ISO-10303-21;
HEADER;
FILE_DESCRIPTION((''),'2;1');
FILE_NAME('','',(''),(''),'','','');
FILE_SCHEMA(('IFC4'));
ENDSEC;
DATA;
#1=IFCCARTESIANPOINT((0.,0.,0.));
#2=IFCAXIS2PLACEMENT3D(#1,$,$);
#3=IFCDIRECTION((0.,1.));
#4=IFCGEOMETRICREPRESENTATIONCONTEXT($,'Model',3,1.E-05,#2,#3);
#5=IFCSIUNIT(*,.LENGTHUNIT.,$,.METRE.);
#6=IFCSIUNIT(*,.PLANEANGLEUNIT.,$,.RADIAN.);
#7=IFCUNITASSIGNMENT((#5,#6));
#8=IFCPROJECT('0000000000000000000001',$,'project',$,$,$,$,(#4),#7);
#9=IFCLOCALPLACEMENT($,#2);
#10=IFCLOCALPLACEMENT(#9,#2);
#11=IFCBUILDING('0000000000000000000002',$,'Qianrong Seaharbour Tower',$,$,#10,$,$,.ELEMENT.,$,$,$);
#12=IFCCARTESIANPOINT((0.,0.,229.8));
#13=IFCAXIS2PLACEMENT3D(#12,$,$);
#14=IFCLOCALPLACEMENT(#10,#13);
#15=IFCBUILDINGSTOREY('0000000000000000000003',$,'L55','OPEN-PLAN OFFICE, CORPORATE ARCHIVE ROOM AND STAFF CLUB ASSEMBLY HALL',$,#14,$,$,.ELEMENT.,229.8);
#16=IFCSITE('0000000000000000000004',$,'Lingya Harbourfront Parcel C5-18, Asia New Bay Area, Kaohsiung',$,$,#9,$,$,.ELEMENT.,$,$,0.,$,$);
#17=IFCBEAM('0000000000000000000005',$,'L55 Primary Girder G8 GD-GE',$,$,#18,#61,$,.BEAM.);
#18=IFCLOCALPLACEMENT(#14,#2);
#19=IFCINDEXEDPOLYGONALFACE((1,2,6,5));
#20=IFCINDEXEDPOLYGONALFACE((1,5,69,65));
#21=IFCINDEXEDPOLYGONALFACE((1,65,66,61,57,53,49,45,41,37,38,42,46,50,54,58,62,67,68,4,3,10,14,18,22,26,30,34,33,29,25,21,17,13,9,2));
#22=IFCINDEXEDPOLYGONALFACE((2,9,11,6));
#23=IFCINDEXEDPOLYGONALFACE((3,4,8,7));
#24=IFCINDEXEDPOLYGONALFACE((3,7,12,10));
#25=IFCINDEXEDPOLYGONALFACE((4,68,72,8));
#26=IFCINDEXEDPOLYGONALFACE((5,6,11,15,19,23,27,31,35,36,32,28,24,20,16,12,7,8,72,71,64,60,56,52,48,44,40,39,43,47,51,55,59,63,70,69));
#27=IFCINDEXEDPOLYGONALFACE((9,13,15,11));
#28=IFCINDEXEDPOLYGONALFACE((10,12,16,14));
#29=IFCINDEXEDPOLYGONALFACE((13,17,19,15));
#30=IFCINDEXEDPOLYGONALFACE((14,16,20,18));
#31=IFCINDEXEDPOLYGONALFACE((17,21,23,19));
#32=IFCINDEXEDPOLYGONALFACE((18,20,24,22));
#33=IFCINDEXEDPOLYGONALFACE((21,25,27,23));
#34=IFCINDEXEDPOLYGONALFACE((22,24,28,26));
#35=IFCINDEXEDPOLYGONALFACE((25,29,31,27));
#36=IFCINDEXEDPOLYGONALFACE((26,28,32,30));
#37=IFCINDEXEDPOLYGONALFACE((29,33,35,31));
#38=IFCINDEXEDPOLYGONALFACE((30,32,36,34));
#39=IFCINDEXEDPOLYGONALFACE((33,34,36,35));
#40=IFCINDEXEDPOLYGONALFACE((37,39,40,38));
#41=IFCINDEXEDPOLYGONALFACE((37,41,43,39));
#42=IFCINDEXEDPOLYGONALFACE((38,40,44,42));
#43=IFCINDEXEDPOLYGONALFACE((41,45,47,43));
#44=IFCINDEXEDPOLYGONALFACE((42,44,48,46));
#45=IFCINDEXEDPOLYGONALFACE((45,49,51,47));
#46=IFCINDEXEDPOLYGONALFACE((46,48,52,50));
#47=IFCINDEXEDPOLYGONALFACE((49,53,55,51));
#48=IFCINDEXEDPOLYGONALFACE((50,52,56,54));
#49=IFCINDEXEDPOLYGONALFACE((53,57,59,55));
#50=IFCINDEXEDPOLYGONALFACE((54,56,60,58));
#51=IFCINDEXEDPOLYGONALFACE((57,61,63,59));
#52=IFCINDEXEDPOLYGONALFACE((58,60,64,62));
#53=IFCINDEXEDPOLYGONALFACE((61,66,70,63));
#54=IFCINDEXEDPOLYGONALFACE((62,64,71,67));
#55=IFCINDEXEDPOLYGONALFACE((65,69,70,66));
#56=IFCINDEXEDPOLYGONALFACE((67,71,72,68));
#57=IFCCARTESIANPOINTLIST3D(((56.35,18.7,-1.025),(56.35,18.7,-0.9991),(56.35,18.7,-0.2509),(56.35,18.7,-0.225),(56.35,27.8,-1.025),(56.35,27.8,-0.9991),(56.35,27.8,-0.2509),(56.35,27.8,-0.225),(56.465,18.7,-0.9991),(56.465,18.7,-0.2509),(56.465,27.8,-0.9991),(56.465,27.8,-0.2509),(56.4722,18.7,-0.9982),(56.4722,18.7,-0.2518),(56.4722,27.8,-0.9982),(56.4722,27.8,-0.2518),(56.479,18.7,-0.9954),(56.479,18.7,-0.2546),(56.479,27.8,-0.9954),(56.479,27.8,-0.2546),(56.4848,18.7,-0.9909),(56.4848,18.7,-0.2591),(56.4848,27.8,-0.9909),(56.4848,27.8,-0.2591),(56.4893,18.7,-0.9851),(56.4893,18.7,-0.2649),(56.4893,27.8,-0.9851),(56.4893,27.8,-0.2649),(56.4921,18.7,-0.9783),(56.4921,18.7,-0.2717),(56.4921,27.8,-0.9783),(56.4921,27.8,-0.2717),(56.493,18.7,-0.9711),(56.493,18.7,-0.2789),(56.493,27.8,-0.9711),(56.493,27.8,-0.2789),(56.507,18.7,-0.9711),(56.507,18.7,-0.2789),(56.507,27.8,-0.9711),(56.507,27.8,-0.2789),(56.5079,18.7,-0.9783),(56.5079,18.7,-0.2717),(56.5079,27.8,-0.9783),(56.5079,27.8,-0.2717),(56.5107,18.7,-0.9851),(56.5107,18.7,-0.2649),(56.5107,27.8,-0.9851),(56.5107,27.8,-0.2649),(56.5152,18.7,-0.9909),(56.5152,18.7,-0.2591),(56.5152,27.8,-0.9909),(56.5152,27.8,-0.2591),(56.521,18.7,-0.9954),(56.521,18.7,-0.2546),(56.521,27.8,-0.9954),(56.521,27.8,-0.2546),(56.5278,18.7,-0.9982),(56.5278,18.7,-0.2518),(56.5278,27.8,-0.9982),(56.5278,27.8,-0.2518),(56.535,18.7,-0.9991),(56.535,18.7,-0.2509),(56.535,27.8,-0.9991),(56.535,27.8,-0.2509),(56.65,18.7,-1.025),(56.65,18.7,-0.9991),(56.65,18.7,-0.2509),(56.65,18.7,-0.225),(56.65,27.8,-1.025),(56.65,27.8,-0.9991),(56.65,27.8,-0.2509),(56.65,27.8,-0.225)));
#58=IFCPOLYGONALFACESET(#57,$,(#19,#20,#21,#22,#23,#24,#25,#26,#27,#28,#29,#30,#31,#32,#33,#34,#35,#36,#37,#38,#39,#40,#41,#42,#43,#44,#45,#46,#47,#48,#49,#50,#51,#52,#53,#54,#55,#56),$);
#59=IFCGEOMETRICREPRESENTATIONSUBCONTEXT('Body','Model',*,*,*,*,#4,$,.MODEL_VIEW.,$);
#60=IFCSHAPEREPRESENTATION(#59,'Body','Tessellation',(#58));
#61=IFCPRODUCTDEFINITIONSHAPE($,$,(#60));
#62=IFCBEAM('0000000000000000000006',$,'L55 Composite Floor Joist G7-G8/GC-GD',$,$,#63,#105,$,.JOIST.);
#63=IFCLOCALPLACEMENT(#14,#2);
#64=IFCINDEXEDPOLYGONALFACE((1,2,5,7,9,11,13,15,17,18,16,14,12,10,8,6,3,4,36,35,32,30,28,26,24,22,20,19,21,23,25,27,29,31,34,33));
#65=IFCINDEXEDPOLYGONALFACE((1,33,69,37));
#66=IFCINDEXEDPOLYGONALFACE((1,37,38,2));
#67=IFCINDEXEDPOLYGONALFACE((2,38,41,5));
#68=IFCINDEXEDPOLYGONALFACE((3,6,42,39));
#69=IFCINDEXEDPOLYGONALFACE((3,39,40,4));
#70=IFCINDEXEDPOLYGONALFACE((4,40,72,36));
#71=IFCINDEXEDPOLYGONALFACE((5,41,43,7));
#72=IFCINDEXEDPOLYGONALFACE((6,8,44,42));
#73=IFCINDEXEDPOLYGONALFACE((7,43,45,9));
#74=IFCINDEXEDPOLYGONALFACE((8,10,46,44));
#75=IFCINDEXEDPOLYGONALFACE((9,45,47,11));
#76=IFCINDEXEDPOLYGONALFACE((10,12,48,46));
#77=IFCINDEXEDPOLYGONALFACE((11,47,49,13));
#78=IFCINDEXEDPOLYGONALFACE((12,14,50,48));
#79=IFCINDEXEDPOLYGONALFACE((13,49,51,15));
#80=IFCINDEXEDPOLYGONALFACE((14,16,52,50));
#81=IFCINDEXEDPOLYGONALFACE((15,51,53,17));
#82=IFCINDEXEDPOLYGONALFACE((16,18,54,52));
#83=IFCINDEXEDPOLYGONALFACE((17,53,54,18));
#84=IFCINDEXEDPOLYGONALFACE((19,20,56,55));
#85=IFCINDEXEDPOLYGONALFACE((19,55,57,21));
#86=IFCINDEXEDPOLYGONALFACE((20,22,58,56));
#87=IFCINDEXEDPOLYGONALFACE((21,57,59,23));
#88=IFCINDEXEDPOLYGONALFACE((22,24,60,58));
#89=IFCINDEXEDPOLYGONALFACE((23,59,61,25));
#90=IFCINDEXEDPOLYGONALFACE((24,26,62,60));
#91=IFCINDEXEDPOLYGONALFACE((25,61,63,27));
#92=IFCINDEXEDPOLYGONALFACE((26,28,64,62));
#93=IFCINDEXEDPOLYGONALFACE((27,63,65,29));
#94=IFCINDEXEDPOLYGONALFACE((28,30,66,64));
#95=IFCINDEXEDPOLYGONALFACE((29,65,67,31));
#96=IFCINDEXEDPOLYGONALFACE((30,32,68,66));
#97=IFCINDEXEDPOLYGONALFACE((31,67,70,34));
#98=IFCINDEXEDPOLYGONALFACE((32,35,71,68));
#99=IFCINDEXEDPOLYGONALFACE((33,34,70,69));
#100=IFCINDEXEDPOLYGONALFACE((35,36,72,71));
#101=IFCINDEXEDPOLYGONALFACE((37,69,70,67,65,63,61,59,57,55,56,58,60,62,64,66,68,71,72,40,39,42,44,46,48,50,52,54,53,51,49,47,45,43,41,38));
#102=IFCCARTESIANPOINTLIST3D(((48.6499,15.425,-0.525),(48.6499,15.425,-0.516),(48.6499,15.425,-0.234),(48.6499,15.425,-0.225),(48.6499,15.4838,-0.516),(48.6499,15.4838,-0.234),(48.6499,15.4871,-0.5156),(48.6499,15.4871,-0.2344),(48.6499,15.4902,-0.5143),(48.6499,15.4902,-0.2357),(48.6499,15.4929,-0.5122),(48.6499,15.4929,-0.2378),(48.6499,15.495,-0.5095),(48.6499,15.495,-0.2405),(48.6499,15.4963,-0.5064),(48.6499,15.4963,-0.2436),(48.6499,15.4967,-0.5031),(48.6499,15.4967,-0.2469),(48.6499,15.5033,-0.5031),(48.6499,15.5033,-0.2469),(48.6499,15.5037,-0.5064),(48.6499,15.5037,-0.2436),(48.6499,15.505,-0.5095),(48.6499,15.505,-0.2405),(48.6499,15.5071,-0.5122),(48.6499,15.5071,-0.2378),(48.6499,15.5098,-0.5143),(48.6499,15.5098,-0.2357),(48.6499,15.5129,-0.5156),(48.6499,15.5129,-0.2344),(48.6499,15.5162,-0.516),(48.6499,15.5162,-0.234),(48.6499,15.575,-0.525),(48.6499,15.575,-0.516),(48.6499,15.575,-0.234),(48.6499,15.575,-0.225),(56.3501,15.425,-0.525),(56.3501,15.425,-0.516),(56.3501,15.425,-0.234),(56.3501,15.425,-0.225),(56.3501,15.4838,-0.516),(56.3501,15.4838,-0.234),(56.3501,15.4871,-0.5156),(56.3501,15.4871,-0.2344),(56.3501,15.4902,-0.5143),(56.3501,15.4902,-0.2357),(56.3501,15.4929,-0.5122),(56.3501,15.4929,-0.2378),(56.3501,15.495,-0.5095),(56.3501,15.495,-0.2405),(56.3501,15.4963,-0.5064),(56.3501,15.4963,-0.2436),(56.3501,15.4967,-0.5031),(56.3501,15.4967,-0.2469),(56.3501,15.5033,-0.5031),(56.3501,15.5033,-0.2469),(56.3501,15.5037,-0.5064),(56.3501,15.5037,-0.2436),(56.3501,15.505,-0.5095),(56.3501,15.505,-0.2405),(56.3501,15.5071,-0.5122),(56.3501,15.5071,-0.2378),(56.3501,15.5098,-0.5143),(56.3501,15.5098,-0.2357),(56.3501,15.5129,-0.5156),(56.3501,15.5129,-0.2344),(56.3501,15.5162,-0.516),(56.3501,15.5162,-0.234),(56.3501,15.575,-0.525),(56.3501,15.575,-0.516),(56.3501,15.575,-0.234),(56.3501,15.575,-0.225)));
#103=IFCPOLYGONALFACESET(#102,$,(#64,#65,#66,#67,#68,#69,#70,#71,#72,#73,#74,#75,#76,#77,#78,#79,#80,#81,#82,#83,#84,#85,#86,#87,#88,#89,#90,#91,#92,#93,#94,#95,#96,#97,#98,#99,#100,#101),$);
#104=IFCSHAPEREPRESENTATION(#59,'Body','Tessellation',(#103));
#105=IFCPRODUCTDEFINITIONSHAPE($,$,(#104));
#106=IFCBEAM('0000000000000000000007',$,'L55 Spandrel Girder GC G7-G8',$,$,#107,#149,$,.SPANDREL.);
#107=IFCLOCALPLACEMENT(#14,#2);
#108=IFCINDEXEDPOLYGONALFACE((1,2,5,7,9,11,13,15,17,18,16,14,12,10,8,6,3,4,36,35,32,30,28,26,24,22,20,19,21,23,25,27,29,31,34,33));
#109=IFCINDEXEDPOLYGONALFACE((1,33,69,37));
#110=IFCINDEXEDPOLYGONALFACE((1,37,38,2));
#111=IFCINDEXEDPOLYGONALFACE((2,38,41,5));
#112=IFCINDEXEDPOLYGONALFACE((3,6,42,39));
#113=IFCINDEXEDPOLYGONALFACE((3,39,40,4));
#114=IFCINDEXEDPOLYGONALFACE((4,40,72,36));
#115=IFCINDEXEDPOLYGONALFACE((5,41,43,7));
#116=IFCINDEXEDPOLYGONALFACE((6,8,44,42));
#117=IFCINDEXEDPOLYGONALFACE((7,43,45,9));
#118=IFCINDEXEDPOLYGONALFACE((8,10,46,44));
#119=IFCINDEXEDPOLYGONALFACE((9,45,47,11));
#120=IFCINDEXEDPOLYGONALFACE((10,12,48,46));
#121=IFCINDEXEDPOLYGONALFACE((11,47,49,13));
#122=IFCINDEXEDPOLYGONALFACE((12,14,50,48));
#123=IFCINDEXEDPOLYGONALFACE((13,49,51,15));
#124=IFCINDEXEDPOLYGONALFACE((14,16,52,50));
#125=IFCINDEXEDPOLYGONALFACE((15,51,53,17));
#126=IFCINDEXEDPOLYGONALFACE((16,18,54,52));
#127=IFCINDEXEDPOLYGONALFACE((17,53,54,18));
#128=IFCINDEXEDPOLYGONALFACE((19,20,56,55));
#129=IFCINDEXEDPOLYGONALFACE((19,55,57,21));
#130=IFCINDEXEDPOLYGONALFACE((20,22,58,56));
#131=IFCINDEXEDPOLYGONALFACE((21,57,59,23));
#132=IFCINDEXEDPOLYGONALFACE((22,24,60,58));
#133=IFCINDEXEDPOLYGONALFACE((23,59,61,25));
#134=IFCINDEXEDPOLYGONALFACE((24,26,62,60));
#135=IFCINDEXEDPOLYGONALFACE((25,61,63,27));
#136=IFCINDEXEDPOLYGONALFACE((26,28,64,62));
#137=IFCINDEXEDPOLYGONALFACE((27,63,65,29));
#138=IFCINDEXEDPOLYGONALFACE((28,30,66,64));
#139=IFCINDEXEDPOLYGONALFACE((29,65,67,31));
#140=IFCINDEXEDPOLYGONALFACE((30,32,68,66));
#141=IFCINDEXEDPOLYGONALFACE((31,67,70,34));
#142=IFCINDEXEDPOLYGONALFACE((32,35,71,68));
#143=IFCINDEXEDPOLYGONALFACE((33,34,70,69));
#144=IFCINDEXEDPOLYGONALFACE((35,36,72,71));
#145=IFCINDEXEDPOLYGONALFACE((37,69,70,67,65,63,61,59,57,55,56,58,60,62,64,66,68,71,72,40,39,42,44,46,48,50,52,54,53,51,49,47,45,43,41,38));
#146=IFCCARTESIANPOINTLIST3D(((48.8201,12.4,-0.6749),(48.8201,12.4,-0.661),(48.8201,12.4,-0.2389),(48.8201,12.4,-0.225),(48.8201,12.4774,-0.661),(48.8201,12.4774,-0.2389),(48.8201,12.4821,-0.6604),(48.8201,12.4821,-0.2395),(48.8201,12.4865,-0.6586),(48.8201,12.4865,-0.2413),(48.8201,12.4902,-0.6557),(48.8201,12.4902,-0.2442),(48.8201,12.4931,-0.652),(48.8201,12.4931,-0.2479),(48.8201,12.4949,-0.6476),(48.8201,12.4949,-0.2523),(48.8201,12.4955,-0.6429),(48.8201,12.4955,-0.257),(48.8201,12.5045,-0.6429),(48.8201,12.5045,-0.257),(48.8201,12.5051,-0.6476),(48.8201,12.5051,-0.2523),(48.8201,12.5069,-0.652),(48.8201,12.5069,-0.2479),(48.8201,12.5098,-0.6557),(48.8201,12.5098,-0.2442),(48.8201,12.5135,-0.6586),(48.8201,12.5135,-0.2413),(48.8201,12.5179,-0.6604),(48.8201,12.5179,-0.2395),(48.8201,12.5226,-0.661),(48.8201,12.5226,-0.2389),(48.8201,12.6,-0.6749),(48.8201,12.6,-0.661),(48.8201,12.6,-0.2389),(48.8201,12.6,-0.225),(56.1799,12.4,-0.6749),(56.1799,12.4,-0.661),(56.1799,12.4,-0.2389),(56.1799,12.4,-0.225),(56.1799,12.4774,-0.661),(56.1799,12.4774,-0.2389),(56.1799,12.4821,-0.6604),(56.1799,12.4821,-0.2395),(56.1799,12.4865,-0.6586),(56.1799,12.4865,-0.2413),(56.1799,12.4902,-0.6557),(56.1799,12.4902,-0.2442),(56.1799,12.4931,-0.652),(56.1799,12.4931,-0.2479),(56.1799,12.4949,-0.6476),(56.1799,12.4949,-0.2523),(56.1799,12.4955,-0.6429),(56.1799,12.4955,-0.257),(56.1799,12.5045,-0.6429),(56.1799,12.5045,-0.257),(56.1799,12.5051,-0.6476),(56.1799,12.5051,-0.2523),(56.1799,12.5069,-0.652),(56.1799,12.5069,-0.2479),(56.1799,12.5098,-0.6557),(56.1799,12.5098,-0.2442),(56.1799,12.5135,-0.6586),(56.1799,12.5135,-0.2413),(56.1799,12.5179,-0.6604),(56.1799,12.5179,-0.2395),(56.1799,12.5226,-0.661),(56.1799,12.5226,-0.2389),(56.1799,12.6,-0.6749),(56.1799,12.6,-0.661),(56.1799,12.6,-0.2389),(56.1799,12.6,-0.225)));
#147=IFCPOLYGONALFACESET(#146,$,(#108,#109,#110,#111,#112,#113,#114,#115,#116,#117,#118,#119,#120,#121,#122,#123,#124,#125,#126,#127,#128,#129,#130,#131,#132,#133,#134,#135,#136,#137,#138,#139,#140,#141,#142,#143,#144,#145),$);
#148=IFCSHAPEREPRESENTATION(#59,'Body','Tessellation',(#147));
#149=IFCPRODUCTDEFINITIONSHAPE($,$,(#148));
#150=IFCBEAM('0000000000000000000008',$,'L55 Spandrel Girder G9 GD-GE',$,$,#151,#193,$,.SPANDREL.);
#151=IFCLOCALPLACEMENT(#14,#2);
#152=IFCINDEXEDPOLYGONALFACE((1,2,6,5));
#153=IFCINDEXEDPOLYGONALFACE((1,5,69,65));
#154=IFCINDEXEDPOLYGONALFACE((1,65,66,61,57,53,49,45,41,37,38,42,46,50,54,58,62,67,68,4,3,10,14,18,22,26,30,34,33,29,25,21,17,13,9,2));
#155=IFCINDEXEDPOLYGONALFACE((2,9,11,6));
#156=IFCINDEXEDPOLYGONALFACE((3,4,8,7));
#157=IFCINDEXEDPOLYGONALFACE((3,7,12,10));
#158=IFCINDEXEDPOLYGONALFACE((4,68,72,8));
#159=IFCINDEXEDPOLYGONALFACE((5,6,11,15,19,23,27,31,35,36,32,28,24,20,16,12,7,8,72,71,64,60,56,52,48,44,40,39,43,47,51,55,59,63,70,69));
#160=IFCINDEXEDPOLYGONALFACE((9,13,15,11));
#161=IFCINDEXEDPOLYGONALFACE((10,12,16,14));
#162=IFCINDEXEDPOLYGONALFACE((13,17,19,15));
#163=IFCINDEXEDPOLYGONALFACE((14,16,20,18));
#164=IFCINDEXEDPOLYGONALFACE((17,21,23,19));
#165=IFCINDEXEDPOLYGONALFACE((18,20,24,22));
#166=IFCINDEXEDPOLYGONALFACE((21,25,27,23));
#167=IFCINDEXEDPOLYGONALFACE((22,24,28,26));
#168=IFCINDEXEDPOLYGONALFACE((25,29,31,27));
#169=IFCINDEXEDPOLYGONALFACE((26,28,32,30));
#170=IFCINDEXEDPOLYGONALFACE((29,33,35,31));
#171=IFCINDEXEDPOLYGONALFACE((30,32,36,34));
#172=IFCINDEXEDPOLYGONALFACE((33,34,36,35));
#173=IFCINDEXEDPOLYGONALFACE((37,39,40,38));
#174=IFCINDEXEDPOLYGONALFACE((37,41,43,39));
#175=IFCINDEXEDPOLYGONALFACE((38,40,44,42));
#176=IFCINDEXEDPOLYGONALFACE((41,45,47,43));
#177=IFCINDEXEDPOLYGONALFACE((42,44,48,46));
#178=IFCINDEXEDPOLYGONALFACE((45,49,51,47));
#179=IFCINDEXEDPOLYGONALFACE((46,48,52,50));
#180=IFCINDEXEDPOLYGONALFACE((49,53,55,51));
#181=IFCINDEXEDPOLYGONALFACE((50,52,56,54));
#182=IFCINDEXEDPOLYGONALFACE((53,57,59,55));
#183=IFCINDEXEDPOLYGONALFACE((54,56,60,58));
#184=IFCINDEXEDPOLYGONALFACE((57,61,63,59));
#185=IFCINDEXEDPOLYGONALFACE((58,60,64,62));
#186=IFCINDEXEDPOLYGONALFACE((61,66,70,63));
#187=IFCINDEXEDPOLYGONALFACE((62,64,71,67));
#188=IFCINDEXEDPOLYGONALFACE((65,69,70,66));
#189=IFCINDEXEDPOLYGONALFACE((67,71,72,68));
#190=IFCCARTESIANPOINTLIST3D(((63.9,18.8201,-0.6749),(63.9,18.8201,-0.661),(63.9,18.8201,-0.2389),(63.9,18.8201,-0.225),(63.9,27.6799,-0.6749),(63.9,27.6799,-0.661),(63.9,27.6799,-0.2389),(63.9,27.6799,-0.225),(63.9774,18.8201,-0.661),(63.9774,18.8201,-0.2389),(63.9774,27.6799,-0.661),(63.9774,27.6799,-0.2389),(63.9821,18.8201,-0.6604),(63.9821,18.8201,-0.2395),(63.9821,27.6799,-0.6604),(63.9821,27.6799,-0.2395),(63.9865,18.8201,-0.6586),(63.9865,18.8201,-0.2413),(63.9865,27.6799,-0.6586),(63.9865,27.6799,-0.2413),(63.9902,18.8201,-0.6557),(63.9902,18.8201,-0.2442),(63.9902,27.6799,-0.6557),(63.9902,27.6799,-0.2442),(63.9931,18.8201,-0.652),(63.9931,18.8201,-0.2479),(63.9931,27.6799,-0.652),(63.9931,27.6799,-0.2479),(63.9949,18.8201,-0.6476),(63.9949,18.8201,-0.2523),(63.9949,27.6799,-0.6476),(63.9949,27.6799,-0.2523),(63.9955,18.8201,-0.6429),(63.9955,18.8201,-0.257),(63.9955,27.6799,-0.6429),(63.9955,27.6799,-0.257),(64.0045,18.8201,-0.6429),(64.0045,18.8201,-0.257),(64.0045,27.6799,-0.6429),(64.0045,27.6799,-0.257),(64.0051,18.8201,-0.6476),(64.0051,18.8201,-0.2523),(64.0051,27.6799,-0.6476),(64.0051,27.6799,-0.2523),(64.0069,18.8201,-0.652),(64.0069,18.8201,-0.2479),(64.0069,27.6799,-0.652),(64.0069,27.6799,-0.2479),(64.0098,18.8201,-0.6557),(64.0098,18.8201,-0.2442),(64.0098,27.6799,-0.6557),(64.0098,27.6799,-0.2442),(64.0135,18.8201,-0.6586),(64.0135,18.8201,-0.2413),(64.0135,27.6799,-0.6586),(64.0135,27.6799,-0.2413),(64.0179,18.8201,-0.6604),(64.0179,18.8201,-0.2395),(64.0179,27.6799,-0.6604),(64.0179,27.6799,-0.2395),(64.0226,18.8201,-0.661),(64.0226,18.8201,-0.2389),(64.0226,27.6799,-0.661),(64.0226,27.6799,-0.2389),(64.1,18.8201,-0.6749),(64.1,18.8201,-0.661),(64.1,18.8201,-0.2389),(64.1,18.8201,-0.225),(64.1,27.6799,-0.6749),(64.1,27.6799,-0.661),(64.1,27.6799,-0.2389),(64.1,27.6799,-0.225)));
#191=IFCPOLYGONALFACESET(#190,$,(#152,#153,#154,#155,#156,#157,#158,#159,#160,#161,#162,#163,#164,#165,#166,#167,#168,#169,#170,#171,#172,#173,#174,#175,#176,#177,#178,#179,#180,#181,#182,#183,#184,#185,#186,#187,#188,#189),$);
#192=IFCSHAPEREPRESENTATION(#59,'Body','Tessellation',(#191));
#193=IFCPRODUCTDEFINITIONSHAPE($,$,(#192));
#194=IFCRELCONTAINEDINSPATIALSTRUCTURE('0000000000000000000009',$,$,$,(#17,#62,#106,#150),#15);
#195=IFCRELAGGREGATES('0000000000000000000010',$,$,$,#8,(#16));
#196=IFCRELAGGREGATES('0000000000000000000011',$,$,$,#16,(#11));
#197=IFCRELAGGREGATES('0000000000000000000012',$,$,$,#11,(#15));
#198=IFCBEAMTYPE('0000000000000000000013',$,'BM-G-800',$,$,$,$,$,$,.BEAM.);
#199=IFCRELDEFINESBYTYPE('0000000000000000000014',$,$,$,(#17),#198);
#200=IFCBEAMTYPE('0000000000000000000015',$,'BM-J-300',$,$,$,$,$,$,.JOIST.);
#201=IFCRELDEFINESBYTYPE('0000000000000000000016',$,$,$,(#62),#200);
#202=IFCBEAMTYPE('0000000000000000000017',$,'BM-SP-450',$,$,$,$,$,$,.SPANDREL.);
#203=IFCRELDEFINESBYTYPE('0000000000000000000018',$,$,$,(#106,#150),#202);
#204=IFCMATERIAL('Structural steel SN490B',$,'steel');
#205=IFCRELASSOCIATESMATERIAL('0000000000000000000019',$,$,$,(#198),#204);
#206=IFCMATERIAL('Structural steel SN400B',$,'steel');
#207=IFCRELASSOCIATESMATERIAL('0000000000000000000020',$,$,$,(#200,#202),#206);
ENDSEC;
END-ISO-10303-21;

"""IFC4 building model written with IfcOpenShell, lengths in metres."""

from ifc_helpers import new_model, si_unit, direction, frame, origin, origin_2d, place, context, subcontext, project, spatial, i_section, extrude, material, material_profile, profile_set, type_object, element, save


model = new_model("IFC4")

# Units and contexts
model_context = context("Model", 3, precision=1e-05, world=origin(), true_north=direction((0.0, 1.0)))
body_context = subcontext(model_context, "Body", "Model", "MODEL_VIEW")
ifc_project = project(units=[si_unit("LENGTHUNIT", "METRE"), si_unit("PLANEANGLEUNIT", "RADIAN")], contexts=[model_context])

# Site, building, storey
site_placement = place(None, origin())
site = spatial("IfcSite", under=ifc_project, at=site_placement, Name="Lingya Harbourfront Parcel C5-18, Asia New Bay Area, Kaohsiung", CompositionType="ELEMENT", RefElevation=0.0)
building_placement = place(site_placement, origin())
building = spatial("IfcBuilding", under=site, at=building_placement, Name="Qianrong Seaharbour Tower", CompositionType="ELEMENT")
storey_placement = place(building_placement, frame((0.0, 0.0, 229.8)))
storey = spatial("IfcBuildingStorey", under=building, at=storey_placement, Name="L55", Description="OPEN-PLAN OFFICE, CORPORATE ARCHIVE ROOM AND STAFF CLUB ASSEMBLY HALL", CompositionType="ELEMENT", Elevation=229.8)

# Shared definitions
ifc_material_1 = material(Name="Structural steel SN490B", Category="steel")

# Beams
ifc_material_profile_1 = material_profile(ifc_material_1, i_section(OverallWidth=0.3, OverallDepth=0.8, WebThickness=0.0139, FlangeThickness=0.0259, FilletRadius=0.0281, at=origin_2d()), Name="H800x300x14x26")
ifc_profile_set_1 = profile_set([ifc_material_profile_1], Name="Structural steel SN490B")
beam_type_1 = type_object("IfcBeamType", Name="BM-G-800", PredefinedType="BEAM", material=ifc_profile_set_1)
for number, where, z_axis, x_axis, name in (
    (1, (56.5, 18.7, -0.625), (0.0, 1.0, 0.0), (-1.0, 0.0, 0.0), "L55 Primary Girder G8 GD-GE"),
):
    element("IfcBeam", number, at=place(storey_placement, frame(where, z_axis=z_axis, x_axis=x_axis)), inside=storey, type_object=beam_type_1, Name=name, PredefinedType="BEAM", context=body_context, shape_type="SweptSolid", body=[
        extrude(i_section(OverallWidth=0.3, OverallDepth=0.8, WebThickness=0.0139, FlangeThickness=0.0259, FilletRadius=0.0281, at=origin_2d()), origin(), (0.0, 0.0, 1.0), 9.1001),
    ])
ifc_material_2 = material(Name="Structural steel SN400B", Category="steel")
ifc_material_profile_2 = material_profile(ifc_material_2, i_section(OverallWidth=0.1499, OverallDepth=0.3, WebThickness=0.0066, FlangeThickness=0.009, FilletRadius=0.0129, at=origin_2d()), Name="H300x150x6.5x9")
ifc_profile_set_2 = profile_set([ifc_material_profile_2], Name="Structural steel SN400B")
beam_type_2 = type_object("IfcBeamType", Name="BM-J-300", PredefinedType="JOIST", material=ifc_profile_set_2)
beam_1_placement = place(storey_placement, frame((48.6499, 15.5, -0.375), z_axis=(1.0, 0.0, 0.0), x_axis=(0.0, 1.0, 0.0)))
element("IfcBeam", 2, at=beam_1_placement, inside=storey, type_object=beam_type_2, Name="L55 Composite Floor Joist G7-G8/GC-GD", PredefinedType="JOIST", context=body_context, shape_type="SweptSolid", body=[
    extrude(i_section(OverallWidth=0.1499, OverallDepth=0.3, WebThickness=0.0066, FlangeThickness=0.009, FilletRadius=0.0129, at=origin_2d()), origin(), (0.0, 0.0, 1.0), 7.7002),
])
ifc_material_profile_3 = material_profile(ifc_material_2, i_section(OverallWidth=0.2, OverallDepth=0.45, WebThickness=0.009, FlangeThickness=0.0139, FilletRadius=0.0181, at=origin_2d()), Name="H450x200x9x14")
ifc_profile_set_3 = profile_set([ifc_material_profile_3], Name="Structural steel SN400B")
beam_type_3 = type_object("IfcBeamType", Name="BM-SP-450", PredefinedType="SPANDREL", material=ifc_profile_set_3)
beam_2_placement = place(storey_placement, frame((48.8201, 12.5, -0.45), z_axis=(1.0, 0.0, 0.0), x_axis=(0.0, 1.0, 0.0)))
element("IfcBeam", 3, at=beam_2_placement, inside=storey, type_object=beam_type_3, Name="L55 Spandrel Girder GC G7-G8", PredefinedType="SPANDREL", context=body_context, shape_type="SweptSolid", body=[
    extrude(i_section(OverallWidth=0.2, OverallDepth=0.45, WebThickness=0.009, FlangeThickness=0.0139, FilletRadius=0.0181, at=origin_2d()), origin(), (0.0, 0.0, 1.0), 7.3599),
])
beam_3_placement = place(storey_placement, frame((64.0, 18.8201, -0.45), z_axis=(0.0, 1.0, 0.0), x_axis=(-1.0, 0.0, 0.0)))
element("IfcBeam", 4, at=beam_3_placement, inside=storey, type_object=beam_type_3, Name="L55 Spandrel Girder G9 GD-GE", PredefinedType="SPANDREL", context=body_context, shape_type="SweptSolid", body=[
    extrude(i_section(OverallWidth=0.2, OverallDepth=0.45, WebThickness=0.009, FlangeThickness=0.0139, FilletRadius=0.0181, at=origin_2d()), origin(), (0.0, 0.0, 1.0), 8.8599),
])

save(model, "model.ifc")
